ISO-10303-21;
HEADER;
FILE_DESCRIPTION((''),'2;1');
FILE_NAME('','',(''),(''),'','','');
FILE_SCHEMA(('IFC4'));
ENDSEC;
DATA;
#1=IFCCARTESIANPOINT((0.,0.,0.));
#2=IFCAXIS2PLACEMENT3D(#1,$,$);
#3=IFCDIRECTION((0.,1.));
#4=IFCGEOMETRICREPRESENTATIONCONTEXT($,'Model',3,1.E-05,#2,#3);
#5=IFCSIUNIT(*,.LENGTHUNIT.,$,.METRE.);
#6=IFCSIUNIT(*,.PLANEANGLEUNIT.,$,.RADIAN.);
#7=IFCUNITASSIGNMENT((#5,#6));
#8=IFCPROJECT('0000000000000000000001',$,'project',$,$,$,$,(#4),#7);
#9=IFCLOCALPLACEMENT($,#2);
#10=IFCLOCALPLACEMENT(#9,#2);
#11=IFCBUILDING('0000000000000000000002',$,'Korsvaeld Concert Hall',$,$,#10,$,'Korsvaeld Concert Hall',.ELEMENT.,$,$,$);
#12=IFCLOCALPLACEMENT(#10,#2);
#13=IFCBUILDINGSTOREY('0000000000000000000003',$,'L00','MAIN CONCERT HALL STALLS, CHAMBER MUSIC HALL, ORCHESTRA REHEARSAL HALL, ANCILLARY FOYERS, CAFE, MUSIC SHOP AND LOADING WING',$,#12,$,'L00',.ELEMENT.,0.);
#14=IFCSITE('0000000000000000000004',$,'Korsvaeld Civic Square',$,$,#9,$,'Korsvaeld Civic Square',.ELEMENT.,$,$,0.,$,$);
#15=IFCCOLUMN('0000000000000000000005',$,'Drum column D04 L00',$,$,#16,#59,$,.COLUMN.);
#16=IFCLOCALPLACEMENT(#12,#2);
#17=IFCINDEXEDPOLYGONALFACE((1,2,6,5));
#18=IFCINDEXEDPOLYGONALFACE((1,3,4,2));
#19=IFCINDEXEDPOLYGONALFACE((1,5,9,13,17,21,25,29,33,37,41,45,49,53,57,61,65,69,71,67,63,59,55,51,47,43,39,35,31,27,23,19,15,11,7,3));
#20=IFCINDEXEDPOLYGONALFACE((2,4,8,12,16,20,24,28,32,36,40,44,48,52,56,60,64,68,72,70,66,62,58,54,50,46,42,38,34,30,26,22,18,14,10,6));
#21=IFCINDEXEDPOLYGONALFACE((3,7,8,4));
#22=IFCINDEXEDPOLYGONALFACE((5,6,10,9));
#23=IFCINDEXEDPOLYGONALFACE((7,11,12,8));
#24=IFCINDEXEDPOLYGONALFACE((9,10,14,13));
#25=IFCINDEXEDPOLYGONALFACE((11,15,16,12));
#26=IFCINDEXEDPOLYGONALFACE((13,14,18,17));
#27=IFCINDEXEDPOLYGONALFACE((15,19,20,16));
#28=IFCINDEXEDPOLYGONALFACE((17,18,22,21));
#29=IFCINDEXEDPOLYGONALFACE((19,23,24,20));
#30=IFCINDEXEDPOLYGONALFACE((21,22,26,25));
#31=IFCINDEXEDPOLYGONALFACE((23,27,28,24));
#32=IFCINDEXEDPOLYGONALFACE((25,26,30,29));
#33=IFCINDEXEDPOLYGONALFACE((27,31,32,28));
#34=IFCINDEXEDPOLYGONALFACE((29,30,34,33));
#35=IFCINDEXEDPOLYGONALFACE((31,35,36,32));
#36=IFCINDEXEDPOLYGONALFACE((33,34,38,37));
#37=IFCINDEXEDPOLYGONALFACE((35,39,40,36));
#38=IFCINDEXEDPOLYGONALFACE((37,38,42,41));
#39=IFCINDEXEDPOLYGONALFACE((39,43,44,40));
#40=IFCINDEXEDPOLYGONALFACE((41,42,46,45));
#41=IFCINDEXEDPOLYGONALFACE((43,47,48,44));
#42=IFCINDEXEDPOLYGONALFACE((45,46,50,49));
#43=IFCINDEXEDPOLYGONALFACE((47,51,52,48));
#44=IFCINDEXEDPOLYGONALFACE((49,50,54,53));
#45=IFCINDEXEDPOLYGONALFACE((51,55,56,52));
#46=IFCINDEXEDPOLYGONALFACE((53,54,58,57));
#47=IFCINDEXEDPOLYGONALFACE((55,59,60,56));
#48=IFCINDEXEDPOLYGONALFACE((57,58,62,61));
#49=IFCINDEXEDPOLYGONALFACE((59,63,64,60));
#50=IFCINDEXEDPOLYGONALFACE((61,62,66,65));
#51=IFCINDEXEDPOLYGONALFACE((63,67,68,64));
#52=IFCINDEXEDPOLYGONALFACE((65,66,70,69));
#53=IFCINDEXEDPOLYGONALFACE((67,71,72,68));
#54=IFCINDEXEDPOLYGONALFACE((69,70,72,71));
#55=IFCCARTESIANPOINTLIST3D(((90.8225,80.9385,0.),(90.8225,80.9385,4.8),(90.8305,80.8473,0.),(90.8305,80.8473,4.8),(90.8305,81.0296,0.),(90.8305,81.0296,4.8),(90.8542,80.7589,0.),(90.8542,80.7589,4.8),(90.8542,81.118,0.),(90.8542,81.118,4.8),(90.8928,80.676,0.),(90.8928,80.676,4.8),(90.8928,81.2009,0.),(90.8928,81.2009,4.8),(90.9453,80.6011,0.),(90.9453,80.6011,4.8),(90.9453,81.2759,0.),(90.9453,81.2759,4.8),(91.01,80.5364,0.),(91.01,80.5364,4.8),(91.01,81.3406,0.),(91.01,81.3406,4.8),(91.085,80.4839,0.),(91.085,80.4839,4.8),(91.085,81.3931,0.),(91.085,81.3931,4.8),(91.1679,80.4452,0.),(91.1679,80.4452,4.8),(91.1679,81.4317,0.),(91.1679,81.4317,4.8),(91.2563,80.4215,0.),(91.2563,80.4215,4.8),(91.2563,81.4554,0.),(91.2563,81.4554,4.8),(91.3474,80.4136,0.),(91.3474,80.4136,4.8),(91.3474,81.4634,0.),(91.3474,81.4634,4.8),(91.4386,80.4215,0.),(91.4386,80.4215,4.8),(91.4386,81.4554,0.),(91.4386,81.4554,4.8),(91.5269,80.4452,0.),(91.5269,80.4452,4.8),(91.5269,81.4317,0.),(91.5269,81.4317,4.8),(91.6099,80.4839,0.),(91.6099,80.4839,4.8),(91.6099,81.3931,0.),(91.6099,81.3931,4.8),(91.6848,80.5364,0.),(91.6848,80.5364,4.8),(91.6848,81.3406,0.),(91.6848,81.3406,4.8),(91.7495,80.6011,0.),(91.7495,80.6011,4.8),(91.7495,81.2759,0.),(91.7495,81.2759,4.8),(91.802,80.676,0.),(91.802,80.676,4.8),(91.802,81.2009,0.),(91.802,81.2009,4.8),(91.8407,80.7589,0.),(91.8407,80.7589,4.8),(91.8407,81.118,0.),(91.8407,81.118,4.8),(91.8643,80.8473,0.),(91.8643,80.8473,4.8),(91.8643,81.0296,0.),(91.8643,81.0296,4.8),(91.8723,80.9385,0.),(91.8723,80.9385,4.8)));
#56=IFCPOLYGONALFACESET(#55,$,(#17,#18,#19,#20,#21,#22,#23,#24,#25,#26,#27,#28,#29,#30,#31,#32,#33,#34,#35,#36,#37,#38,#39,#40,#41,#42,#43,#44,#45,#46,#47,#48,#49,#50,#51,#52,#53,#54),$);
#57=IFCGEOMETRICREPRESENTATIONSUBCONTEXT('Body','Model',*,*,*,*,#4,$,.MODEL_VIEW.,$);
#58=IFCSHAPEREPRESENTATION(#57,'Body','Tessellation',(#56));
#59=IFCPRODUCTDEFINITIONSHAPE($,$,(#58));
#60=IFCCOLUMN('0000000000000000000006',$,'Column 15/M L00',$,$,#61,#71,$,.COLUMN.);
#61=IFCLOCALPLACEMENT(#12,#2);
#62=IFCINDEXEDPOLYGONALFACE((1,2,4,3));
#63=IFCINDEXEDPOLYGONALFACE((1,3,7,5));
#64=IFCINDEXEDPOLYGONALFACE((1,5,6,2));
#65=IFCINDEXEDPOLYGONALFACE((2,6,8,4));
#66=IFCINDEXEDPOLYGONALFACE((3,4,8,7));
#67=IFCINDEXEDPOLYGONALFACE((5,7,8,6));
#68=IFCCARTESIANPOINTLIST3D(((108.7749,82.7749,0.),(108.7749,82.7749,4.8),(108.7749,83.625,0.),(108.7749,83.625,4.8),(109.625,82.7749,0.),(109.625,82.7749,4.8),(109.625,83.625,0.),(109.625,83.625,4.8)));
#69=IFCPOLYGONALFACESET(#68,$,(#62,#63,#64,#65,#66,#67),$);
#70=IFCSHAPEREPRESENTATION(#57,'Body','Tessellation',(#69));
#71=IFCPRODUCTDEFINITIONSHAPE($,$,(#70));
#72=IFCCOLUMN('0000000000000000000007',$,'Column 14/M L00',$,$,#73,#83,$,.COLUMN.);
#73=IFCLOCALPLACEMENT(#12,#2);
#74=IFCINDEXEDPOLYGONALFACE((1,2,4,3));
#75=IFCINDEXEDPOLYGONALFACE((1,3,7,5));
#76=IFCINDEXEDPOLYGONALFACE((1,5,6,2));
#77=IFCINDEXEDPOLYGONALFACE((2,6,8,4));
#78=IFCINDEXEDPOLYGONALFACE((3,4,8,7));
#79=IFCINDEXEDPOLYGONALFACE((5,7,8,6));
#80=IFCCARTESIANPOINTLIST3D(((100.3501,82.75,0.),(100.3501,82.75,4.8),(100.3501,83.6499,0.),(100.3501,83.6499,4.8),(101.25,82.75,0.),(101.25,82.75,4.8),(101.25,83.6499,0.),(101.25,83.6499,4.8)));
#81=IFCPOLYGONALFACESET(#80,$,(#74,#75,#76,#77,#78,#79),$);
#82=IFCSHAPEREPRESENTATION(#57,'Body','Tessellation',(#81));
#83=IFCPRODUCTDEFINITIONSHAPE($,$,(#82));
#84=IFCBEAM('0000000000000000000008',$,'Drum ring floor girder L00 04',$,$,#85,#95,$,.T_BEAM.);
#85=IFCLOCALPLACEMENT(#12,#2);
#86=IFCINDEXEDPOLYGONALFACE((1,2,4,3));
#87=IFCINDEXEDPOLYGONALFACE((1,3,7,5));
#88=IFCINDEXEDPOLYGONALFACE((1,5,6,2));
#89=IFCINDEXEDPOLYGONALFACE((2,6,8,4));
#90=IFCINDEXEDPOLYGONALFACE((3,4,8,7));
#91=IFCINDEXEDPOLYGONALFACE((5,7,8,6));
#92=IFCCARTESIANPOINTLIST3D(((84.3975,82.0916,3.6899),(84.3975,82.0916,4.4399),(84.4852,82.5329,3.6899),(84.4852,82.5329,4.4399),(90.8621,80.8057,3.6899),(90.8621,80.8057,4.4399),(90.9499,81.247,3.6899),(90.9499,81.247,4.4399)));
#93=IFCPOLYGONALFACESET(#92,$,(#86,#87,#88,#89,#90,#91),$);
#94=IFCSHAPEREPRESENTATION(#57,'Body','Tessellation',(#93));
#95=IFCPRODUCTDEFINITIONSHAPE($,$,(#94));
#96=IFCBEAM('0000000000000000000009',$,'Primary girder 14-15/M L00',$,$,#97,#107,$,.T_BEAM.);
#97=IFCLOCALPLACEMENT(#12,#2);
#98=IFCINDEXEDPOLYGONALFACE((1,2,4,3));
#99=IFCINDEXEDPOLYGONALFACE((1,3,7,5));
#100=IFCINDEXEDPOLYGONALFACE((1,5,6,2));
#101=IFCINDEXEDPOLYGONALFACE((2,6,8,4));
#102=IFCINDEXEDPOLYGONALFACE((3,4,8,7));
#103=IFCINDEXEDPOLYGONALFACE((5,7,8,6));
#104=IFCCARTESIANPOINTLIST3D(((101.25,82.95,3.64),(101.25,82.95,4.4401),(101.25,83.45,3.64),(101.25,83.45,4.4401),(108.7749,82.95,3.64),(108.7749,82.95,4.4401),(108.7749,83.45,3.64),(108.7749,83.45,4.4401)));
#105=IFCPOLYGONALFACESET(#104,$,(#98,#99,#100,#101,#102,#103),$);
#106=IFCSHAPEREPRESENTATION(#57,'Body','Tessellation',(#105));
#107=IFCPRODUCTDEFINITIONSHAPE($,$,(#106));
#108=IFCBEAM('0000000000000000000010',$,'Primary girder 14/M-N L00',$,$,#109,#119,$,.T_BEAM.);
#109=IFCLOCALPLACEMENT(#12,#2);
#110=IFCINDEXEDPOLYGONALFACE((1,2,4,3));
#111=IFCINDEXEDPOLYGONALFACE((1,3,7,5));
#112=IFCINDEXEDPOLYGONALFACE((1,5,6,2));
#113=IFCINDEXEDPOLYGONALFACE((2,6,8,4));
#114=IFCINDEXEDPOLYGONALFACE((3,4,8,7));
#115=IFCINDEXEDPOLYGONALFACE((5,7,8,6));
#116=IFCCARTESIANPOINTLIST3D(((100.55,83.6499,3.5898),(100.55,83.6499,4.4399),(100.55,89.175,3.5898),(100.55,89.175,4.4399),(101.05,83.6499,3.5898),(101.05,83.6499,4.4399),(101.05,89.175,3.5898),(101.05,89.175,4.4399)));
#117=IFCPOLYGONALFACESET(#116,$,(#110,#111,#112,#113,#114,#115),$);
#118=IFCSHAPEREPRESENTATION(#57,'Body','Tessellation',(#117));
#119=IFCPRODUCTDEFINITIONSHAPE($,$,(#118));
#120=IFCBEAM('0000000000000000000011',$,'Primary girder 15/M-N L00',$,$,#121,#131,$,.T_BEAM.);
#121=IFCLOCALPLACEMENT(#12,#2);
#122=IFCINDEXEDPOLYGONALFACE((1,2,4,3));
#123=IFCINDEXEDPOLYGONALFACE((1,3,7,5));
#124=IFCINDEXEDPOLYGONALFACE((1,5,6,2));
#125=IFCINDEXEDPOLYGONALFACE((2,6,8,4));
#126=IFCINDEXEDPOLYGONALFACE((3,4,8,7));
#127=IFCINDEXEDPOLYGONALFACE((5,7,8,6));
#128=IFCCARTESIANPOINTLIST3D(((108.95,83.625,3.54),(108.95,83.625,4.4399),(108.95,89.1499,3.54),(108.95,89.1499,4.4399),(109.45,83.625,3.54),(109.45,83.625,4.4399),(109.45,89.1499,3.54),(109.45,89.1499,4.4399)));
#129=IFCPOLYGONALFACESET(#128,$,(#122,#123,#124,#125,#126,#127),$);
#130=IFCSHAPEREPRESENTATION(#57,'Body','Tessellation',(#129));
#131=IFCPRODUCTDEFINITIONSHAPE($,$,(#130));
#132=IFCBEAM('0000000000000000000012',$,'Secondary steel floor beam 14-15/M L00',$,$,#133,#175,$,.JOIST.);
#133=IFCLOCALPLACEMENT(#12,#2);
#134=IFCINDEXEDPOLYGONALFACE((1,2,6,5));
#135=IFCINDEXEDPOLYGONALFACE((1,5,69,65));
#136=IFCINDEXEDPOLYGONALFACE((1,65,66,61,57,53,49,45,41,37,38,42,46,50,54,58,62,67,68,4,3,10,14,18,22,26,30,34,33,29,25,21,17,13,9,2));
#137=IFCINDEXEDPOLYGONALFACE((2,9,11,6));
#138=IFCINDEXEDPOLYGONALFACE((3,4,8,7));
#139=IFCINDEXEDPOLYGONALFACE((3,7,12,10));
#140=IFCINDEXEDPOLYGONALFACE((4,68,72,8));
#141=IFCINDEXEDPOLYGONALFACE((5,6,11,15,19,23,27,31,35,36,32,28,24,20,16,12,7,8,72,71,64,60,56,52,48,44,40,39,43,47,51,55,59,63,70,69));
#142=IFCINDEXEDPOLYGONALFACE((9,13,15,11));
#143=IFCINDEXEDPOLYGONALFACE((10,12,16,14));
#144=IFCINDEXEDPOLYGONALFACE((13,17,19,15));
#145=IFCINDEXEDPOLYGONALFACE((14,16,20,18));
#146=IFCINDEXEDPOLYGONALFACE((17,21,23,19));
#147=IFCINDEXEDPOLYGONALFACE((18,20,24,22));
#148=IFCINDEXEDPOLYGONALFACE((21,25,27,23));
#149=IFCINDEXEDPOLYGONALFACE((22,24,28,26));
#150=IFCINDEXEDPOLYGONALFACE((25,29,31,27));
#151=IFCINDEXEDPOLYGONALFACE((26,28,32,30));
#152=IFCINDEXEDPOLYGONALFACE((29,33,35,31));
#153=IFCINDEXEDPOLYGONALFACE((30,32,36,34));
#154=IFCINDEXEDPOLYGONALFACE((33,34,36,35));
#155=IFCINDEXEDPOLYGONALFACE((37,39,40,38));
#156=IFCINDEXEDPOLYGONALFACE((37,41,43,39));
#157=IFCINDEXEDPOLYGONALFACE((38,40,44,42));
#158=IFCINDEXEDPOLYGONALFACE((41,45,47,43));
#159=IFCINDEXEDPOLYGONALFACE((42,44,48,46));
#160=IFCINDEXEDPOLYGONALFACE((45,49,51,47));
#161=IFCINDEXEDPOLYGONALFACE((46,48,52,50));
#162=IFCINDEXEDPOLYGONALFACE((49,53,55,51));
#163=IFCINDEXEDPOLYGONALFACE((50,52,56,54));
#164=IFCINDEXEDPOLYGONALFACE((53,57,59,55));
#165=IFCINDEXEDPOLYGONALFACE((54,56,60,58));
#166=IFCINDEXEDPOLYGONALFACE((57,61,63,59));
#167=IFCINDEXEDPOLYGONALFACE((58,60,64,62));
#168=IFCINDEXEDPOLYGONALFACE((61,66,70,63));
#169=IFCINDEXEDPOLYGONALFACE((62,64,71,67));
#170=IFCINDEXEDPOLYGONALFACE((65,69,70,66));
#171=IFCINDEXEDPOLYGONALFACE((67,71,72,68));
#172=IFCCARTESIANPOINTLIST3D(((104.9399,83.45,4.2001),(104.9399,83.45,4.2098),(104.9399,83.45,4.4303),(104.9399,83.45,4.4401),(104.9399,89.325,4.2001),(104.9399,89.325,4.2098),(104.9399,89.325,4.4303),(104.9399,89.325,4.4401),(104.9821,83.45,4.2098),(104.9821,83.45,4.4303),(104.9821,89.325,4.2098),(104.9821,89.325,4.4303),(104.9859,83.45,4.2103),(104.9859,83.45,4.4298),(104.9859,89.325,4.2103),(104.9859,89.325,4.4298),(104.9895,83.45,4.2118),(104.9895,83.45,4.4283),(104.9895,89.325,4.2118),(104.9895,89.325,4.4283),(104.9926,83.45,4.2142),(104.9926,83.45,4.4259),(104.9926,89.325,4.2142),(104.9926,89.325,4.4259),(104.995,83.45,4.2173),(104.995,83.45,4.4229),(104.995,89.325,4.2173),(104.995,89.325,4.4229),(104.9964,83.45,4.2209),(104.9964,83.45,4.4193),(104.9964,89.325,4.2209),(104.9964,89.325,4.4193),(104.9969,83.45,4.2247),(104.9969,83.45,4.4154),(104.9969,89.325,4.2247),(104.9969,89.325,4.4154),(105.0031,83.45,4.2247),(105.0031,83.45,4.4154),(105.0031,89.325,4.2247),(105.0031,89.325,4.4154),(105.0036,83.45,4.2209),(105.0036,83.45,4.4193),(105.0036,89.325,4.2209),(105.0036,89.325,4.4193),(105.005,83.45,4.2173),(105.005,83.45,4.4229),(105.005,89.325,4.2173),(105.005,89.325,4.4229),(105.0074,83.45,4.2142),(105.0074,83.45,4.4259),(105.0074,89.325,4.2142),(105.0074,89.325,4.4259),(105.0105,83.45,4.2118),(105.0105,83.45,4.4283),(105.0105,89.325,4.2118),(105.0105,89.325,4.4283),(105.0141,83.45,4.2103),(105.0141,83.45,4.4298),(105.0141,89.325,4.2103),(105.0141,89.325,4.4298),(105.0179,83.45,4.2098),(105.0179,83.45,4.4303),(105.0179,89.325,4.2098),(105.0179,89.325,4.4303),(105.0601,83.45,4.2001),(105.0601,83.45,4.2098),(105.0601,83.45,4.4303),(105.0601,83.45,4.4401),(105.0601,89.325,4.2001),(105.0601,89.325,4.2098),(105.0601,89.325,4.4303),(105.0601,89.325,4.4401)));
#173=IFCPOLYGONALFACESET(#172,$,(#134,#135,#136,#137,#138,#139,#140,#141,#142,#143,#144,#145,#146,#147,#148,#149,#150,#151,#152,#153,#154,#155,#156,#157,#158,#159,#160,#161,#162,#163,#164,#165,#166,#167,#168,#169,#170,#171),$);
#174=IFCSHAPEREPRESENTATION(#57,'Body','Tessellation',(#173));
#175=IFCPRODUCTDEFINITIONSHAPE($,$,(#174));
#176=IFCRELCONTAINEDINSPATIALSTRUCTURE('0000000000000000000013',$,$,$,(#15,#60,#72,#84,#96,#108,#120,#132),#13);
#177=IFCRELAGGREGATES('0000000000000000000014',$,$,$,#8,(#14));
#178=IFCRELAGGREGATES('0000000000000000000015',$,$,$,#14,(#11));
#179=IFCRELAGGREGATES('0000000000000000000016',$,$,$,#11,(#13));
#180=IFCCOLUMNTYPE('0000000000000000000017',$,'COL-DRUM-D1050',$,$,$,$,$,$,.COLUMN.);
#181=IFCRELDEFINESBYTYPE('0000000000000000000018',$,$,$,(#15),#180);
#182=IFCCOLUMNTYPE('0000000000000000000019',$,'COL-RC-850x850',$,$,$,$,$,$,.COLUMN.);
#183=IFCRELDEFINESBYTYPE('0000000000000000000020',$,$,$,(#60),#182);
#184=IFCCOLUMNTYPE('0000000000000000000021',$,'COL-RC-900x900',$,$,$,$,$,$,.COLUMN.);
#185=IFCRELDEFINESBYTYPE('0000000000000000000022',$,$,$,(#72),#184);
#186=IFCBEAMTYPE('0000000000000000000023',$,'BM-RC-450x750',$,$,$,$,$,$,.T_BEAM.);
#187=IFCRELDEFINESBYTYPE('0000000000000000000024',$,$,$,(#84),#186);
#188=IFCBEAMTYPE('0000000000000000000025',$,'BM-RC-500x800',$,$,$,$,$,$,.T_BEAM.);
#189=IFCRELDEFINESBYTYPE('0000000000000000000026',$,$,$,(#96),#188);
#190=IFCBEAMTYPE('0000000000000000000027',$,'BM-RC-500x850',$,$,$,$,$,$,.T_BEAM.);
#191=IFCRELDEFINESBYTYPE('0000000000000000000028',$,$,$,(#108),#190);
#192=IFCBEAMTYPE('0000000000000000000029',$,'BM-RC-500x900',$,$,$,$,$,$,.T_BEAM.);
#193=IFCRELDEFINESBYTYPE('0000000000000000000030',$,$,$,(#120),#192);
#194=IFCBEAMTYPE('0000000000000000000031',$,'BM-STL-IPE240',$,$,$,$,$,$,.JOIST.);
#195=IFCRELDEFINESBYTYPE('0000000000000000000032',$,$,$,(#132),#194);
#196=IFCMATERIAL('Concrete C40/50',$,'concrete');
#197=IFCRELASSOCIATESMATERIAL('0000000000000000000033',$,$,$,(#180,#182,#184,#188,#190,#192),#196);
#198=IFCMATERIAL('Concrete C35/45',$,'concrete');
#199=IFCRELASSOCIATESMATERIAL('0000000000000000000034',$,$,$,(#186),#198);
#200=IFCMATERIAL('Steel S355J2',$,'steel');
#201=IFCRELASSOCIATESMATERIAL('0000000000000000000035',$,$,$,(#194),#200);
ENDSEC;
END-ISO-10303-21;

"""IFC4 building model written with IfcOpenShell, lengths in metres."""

from ifc_helpers import new_model, si_unit, direction, frame, origin, origin_2d, place, context, subcontext, project, spatial, rectangle, circle, i_section, extrude, material, material_profile, profile_set, type_object, element, save


model = new_model("IFC4")

# Units and contexts
model_context = context("Model", 3, precision=1e-05, world=origin(), true_north=direction((0.0, 1.0)))
body_context = subcontext(model_context, "Body", "Model", "MODEL_VIEW")
ifc_project = project(units=[si_unit("LENGTHUNIT", "METRE"), si_unit("PLANEANGLEUNIT", "RADIAN")], contexts=[model_context])

# Site, building, storey
site_placement = place(None, origin())
site = spatial("IfcSite", under=ifc_project, at=site_placement, Name="Korsvaeld Civic Square", LongName="Korsvaeld Civic Square", CompositionType="ELEMENT", RefElevation=0.0)
building_placement = place(site_placement, origin())
building = spatial("IfcBuilding", under=site, at=building_placement, Name="Korsvaeld Concert Hall", LongName="Korsvaeld Concert Hall", CompositionType="ELEMENT")
storey_placement = place(building_placement, origin())
storey = spatial("IfcBuildingStorey", under=building, at=storey_placement, Name="L00", Description="MAIN CONCERT HALL STALLS, CHAMBER MUSIC HALL, ORCHESTRA REHEARSAL HALL, ANCILLARY FOYERS, CAFE, MUSIC SHOP AND LOADING WING", LongName="L00", CompositionType="ELEMENT", Elevation=0.0)

# Columns
ifc_material_1 = material(Name="Concrete C40/50", Category="concrete")
ifc_material_profile_1 = material_profile(ifc_material_1, circle(Radius=0.5249, at=origin_2d()), Name="RC D1050")
ifc_profile_set_1 = profile_set([ifc_material_profile_1], Name="Concrete C40/50")
column_type_1 = type_object("IfcColumnType", Name="COL-DRUM-D1050", PredefinedType="COLUMN", material=ifc_profile_set_1)
column_1_placement = place(storey_placement, frame((91.3474, 80.9385, 0.0), z_axis=(0.0, 0.0, 1.0), x_axis=(1.0, 0.0, 0.0)))
element("IfcColumn", 1, at=column_1_placement, inside=storey, type_object=column_type_1, Name="Drum column D04 L00", PredefinedType="COLUMN", context=body_context, shape_type="SweptSolid", body=[
    extrude(circle(Radius=0.5249, at=origin_2d()), origin(), (0.0, 0.0, 1.0), 4.8),
])
ifc_material_profile_2 = material_profile(ifc_material_1, rectangle(XDim=0.8501, YDim=0.8501, at=origin_2d()), Name="RC 850x850")
ifc_profile_set_2 = profile_set([ifc_material_profile_2], Name="Concrete C40/50")
column_type_2 = type_object("IfcColumnType", Name="COL-RC-850x850", PredefinedType="COLUMN", material=ifc_profile_set_2)
column_2_placement = place(storey_placement, frame((109.2, 83.2, 0.0), z_axis=(0.0, 0.0, 1.0), x_axis=(1.0, 0.0, 0.0)))
element("IfcColumn", 2, at=column_2_placement, inside=storey, type_object=column_type_2, Name="Column 15/M L00", PredefinedType="COLUMN", context=body_context, shape_type="SweptSolid", body=[
    extrude(rectangle(XDim=0.8501, YDim=0.8501, at=origin_2d()), origin(), (0.0, 0.0, 1.0), 4.8),
])
ifc_material_profile_3 = material_profile(ifc_material_1, rectangle(XDim=0.8999, YDim=0.8999, at=origin_2d()), Name="RC 900x900")
ifc_profile_set_3 = profile_set([ifc_material_profile_3], Name="Concrete C40/50")
column_type_3 = type_object("IfcColumnType", Name="COL-RC-900x900", PredefinedType="COLUMN", material=ifc_profile_set_3)
column_3_placement = place(storey_placement, frame((100.8, 83.2, 0.0), z_axis=(0.0, 0.0, 1.0), x_axis=(1.0, 0.0, 0.0)))
element("IfcColumn", 3, at=column_3_placement, inside=storey, type_object=column_type_3, Name="Column 14/M L00", PredefinedType="COLUMN", context=body_context, shape_type="SweptSolid", body=[
    extrude(rectangle(XDim=0.8999, YDim=0.8999, at=origin_2d()), origin(), (0.0, 0.0, 1.0), 4.8),
])

# Beams
ifc_material_2 = material(Name="Concrete C35/45", Category="concrete")
ifc_material_profile_4 = material_profile(ifc_material_2, rectangle(XDim=0.45, YDim=0.75, at=origin_2d()), Name="RC 450x750")
ifc_profile_set_4 = profile_set([ifc_material_profile_4], Name="Concrete C35/45")
beam_type_1 = type_object("IfcBeamType", Name="BM-RC-450x750", PredefinedType="T_BEAM", material=ifc_profile_set_4)
beam_1_placement = place(storey_placement, frame((90.906, 81.0264, 4.0649), z_axis=(-0.980785, 0.19509, 0.0), x_axis=(-0.19509, -0.980785, 0.0)))
element("IfcBeam", 4, at=beam_1_placement, inside=storey, type_object=beam_type_1, Name="Drum ring floor girder L00 04", PredefinedType="T_BEAM", context=body_context, shape_type="SweptSolid", body=[
    extrude(rectangle(XDim=0.45, YDim=0.75, at=origin_2d()), origin(), (0.0, 0.0, 1.0), 6.5913),
])
ifc_material_profile_5 = material_profile(ifc_material_1, rectangle(XDim=0.5, YDim=0.8, at=origin_2d()), Name="RC 500x800")
ifc_profile_set_5 = profile_set([ifc_material_profile_5], Name="Concrete C40/50")
beam_type_2 = type_object("IfcBeamType", Name="BM-RC-500x800", PredefinedType="T_BEAM", material=ifc_profile_set_5)
beam_2_placement = place(storey_placement, frame((101.25, 83.2, 4.04), z_axis=(1.0, 0.0, 0.0), x_axis=(0.0, 1.0, 0.0)))
element("IfcBeam", 5, at=beam_2_placement, inside=storey, type_object=beam_type_2, Name="Primary girder 14-15/M L00", PredefinedType="T_BEAM", context=body_context, shape_type="SweptSolid", body=[
    extrude(rectangle(XDim=0.5, YDim=0.8, at=origin_2d()), origin(), (0.0, 0.0, 1.0), 7.5249),
])
ifc_material_profile_6 = material_profile(ifc_material_1, rectangle(XDim=0.5, YDim=0.8501, at=origin_2d()), Name="RC 500x850")
ifc_profile_set_6 = profile_set([ifc_material_profile_6], Name="Concrete C40/50")
beam_type_3 = type_object("IfcBeamType", Name="BM-RC-500x850", PredefinedType="T_BEAM", material=ifc_profile_set_6)
beam_3_placement = place(storey_placement, frame((100.8, 83.6499, 4.0149), z_axis=(0.0, 1.0, 0.0), x_axis=(-1.0, 0.0, 0.0)))
element("IfcBeam", 6, at=beam_3_placement, inside=storey, type_object=beam_type_3, Name="Primary girder 14/M-N L00", PredefinedType="T_BEAM", context=body_context, shape_type="SweptSolid", body=[
    extrude(rectangle(XDim=0.5, YDim=0.8501, at=origin_2d()), origin(), (0.0, 0.0, 1.0), 5.5251),
])
ifc_material_profile_7 = material_profile(ifc_material_1, rectangle(XDim=0.5, YDim=0.8999, at=origin_2d()), Name="RC 500x900")
ifc_profile_set_7 = profile_set([ifc_material_profile_7], Name="Concrete C40/50")
beam_type_4 = type_object("IfcBeamType", Name="BM-RC-500x900", PredefinedType="T_BEAM", material=ifc_profile_set_7)
beam_4_placement = place(storey_placement, frame((109.2, 83.625, 3.99), z_axis=(0.0, 1.0, 0.0), x_axis=(-1.0, 0.0, 0.0)))
element("IfcBeam", 7, at=beam_4_placement, inside=storey, type_object=beam_type_4, Name="Primary girder 15/M-N L00", PredefinedType="T_BEAM", context=body_context, shape_type="SweptSolid", body=[
    extrude(rectangle(XDim=0.5, YDim=0.8999, at=origin_2d()), origin(), (0.0, 0.0, 1.0), 5.5249),
])
ifc_material_3 = material(Name="Steel S355J2", Category="steel")
ifc_material_profile_8 = material_profile(ifc_material_3, i_section(OverallWidth=0.1201, OverallDepth=0.24, WebThickness=0.0061, FlangeThickness=0.0098, FilletRadius=0.0149, at=origin_2d()), Name="IPE 240")
ifc_profile_set_8 = profile_set([ifc_material_profile_8], Name="Steel S355J2")
beam_type_5 = type_object("IfcBeamType", Name="BM-STL-IPE240", PredefinedType="JOIST", material=ifc_profile_set_8)
beam_5_placement = place(storey_placement, frame((105.0, 83.45, 4.3201), z_axis=(0.0, 1.0, 0.0), x_axis=(-1.0, 0.0, 0.0)))
element("IfcBeam", 8, at=beam_5_placement, inside=storey, type_object=beam_type_5, Name="Secondary steel floor beam 14-15/M L00", PredefinedType="JOIST", context=body_context, shape_type="SweptSolid", body=[
    extrude(i_section(OverallWidth=0.1201, OverallDepth=0.24, WebThickness=0.0061, FlangeThickness=0.0098, FilletRadius=0.0149, at=origin_2d()), origin(), (0.0, 0.0, 1.0), 5.875),
])

save(model, "model.ifc")
